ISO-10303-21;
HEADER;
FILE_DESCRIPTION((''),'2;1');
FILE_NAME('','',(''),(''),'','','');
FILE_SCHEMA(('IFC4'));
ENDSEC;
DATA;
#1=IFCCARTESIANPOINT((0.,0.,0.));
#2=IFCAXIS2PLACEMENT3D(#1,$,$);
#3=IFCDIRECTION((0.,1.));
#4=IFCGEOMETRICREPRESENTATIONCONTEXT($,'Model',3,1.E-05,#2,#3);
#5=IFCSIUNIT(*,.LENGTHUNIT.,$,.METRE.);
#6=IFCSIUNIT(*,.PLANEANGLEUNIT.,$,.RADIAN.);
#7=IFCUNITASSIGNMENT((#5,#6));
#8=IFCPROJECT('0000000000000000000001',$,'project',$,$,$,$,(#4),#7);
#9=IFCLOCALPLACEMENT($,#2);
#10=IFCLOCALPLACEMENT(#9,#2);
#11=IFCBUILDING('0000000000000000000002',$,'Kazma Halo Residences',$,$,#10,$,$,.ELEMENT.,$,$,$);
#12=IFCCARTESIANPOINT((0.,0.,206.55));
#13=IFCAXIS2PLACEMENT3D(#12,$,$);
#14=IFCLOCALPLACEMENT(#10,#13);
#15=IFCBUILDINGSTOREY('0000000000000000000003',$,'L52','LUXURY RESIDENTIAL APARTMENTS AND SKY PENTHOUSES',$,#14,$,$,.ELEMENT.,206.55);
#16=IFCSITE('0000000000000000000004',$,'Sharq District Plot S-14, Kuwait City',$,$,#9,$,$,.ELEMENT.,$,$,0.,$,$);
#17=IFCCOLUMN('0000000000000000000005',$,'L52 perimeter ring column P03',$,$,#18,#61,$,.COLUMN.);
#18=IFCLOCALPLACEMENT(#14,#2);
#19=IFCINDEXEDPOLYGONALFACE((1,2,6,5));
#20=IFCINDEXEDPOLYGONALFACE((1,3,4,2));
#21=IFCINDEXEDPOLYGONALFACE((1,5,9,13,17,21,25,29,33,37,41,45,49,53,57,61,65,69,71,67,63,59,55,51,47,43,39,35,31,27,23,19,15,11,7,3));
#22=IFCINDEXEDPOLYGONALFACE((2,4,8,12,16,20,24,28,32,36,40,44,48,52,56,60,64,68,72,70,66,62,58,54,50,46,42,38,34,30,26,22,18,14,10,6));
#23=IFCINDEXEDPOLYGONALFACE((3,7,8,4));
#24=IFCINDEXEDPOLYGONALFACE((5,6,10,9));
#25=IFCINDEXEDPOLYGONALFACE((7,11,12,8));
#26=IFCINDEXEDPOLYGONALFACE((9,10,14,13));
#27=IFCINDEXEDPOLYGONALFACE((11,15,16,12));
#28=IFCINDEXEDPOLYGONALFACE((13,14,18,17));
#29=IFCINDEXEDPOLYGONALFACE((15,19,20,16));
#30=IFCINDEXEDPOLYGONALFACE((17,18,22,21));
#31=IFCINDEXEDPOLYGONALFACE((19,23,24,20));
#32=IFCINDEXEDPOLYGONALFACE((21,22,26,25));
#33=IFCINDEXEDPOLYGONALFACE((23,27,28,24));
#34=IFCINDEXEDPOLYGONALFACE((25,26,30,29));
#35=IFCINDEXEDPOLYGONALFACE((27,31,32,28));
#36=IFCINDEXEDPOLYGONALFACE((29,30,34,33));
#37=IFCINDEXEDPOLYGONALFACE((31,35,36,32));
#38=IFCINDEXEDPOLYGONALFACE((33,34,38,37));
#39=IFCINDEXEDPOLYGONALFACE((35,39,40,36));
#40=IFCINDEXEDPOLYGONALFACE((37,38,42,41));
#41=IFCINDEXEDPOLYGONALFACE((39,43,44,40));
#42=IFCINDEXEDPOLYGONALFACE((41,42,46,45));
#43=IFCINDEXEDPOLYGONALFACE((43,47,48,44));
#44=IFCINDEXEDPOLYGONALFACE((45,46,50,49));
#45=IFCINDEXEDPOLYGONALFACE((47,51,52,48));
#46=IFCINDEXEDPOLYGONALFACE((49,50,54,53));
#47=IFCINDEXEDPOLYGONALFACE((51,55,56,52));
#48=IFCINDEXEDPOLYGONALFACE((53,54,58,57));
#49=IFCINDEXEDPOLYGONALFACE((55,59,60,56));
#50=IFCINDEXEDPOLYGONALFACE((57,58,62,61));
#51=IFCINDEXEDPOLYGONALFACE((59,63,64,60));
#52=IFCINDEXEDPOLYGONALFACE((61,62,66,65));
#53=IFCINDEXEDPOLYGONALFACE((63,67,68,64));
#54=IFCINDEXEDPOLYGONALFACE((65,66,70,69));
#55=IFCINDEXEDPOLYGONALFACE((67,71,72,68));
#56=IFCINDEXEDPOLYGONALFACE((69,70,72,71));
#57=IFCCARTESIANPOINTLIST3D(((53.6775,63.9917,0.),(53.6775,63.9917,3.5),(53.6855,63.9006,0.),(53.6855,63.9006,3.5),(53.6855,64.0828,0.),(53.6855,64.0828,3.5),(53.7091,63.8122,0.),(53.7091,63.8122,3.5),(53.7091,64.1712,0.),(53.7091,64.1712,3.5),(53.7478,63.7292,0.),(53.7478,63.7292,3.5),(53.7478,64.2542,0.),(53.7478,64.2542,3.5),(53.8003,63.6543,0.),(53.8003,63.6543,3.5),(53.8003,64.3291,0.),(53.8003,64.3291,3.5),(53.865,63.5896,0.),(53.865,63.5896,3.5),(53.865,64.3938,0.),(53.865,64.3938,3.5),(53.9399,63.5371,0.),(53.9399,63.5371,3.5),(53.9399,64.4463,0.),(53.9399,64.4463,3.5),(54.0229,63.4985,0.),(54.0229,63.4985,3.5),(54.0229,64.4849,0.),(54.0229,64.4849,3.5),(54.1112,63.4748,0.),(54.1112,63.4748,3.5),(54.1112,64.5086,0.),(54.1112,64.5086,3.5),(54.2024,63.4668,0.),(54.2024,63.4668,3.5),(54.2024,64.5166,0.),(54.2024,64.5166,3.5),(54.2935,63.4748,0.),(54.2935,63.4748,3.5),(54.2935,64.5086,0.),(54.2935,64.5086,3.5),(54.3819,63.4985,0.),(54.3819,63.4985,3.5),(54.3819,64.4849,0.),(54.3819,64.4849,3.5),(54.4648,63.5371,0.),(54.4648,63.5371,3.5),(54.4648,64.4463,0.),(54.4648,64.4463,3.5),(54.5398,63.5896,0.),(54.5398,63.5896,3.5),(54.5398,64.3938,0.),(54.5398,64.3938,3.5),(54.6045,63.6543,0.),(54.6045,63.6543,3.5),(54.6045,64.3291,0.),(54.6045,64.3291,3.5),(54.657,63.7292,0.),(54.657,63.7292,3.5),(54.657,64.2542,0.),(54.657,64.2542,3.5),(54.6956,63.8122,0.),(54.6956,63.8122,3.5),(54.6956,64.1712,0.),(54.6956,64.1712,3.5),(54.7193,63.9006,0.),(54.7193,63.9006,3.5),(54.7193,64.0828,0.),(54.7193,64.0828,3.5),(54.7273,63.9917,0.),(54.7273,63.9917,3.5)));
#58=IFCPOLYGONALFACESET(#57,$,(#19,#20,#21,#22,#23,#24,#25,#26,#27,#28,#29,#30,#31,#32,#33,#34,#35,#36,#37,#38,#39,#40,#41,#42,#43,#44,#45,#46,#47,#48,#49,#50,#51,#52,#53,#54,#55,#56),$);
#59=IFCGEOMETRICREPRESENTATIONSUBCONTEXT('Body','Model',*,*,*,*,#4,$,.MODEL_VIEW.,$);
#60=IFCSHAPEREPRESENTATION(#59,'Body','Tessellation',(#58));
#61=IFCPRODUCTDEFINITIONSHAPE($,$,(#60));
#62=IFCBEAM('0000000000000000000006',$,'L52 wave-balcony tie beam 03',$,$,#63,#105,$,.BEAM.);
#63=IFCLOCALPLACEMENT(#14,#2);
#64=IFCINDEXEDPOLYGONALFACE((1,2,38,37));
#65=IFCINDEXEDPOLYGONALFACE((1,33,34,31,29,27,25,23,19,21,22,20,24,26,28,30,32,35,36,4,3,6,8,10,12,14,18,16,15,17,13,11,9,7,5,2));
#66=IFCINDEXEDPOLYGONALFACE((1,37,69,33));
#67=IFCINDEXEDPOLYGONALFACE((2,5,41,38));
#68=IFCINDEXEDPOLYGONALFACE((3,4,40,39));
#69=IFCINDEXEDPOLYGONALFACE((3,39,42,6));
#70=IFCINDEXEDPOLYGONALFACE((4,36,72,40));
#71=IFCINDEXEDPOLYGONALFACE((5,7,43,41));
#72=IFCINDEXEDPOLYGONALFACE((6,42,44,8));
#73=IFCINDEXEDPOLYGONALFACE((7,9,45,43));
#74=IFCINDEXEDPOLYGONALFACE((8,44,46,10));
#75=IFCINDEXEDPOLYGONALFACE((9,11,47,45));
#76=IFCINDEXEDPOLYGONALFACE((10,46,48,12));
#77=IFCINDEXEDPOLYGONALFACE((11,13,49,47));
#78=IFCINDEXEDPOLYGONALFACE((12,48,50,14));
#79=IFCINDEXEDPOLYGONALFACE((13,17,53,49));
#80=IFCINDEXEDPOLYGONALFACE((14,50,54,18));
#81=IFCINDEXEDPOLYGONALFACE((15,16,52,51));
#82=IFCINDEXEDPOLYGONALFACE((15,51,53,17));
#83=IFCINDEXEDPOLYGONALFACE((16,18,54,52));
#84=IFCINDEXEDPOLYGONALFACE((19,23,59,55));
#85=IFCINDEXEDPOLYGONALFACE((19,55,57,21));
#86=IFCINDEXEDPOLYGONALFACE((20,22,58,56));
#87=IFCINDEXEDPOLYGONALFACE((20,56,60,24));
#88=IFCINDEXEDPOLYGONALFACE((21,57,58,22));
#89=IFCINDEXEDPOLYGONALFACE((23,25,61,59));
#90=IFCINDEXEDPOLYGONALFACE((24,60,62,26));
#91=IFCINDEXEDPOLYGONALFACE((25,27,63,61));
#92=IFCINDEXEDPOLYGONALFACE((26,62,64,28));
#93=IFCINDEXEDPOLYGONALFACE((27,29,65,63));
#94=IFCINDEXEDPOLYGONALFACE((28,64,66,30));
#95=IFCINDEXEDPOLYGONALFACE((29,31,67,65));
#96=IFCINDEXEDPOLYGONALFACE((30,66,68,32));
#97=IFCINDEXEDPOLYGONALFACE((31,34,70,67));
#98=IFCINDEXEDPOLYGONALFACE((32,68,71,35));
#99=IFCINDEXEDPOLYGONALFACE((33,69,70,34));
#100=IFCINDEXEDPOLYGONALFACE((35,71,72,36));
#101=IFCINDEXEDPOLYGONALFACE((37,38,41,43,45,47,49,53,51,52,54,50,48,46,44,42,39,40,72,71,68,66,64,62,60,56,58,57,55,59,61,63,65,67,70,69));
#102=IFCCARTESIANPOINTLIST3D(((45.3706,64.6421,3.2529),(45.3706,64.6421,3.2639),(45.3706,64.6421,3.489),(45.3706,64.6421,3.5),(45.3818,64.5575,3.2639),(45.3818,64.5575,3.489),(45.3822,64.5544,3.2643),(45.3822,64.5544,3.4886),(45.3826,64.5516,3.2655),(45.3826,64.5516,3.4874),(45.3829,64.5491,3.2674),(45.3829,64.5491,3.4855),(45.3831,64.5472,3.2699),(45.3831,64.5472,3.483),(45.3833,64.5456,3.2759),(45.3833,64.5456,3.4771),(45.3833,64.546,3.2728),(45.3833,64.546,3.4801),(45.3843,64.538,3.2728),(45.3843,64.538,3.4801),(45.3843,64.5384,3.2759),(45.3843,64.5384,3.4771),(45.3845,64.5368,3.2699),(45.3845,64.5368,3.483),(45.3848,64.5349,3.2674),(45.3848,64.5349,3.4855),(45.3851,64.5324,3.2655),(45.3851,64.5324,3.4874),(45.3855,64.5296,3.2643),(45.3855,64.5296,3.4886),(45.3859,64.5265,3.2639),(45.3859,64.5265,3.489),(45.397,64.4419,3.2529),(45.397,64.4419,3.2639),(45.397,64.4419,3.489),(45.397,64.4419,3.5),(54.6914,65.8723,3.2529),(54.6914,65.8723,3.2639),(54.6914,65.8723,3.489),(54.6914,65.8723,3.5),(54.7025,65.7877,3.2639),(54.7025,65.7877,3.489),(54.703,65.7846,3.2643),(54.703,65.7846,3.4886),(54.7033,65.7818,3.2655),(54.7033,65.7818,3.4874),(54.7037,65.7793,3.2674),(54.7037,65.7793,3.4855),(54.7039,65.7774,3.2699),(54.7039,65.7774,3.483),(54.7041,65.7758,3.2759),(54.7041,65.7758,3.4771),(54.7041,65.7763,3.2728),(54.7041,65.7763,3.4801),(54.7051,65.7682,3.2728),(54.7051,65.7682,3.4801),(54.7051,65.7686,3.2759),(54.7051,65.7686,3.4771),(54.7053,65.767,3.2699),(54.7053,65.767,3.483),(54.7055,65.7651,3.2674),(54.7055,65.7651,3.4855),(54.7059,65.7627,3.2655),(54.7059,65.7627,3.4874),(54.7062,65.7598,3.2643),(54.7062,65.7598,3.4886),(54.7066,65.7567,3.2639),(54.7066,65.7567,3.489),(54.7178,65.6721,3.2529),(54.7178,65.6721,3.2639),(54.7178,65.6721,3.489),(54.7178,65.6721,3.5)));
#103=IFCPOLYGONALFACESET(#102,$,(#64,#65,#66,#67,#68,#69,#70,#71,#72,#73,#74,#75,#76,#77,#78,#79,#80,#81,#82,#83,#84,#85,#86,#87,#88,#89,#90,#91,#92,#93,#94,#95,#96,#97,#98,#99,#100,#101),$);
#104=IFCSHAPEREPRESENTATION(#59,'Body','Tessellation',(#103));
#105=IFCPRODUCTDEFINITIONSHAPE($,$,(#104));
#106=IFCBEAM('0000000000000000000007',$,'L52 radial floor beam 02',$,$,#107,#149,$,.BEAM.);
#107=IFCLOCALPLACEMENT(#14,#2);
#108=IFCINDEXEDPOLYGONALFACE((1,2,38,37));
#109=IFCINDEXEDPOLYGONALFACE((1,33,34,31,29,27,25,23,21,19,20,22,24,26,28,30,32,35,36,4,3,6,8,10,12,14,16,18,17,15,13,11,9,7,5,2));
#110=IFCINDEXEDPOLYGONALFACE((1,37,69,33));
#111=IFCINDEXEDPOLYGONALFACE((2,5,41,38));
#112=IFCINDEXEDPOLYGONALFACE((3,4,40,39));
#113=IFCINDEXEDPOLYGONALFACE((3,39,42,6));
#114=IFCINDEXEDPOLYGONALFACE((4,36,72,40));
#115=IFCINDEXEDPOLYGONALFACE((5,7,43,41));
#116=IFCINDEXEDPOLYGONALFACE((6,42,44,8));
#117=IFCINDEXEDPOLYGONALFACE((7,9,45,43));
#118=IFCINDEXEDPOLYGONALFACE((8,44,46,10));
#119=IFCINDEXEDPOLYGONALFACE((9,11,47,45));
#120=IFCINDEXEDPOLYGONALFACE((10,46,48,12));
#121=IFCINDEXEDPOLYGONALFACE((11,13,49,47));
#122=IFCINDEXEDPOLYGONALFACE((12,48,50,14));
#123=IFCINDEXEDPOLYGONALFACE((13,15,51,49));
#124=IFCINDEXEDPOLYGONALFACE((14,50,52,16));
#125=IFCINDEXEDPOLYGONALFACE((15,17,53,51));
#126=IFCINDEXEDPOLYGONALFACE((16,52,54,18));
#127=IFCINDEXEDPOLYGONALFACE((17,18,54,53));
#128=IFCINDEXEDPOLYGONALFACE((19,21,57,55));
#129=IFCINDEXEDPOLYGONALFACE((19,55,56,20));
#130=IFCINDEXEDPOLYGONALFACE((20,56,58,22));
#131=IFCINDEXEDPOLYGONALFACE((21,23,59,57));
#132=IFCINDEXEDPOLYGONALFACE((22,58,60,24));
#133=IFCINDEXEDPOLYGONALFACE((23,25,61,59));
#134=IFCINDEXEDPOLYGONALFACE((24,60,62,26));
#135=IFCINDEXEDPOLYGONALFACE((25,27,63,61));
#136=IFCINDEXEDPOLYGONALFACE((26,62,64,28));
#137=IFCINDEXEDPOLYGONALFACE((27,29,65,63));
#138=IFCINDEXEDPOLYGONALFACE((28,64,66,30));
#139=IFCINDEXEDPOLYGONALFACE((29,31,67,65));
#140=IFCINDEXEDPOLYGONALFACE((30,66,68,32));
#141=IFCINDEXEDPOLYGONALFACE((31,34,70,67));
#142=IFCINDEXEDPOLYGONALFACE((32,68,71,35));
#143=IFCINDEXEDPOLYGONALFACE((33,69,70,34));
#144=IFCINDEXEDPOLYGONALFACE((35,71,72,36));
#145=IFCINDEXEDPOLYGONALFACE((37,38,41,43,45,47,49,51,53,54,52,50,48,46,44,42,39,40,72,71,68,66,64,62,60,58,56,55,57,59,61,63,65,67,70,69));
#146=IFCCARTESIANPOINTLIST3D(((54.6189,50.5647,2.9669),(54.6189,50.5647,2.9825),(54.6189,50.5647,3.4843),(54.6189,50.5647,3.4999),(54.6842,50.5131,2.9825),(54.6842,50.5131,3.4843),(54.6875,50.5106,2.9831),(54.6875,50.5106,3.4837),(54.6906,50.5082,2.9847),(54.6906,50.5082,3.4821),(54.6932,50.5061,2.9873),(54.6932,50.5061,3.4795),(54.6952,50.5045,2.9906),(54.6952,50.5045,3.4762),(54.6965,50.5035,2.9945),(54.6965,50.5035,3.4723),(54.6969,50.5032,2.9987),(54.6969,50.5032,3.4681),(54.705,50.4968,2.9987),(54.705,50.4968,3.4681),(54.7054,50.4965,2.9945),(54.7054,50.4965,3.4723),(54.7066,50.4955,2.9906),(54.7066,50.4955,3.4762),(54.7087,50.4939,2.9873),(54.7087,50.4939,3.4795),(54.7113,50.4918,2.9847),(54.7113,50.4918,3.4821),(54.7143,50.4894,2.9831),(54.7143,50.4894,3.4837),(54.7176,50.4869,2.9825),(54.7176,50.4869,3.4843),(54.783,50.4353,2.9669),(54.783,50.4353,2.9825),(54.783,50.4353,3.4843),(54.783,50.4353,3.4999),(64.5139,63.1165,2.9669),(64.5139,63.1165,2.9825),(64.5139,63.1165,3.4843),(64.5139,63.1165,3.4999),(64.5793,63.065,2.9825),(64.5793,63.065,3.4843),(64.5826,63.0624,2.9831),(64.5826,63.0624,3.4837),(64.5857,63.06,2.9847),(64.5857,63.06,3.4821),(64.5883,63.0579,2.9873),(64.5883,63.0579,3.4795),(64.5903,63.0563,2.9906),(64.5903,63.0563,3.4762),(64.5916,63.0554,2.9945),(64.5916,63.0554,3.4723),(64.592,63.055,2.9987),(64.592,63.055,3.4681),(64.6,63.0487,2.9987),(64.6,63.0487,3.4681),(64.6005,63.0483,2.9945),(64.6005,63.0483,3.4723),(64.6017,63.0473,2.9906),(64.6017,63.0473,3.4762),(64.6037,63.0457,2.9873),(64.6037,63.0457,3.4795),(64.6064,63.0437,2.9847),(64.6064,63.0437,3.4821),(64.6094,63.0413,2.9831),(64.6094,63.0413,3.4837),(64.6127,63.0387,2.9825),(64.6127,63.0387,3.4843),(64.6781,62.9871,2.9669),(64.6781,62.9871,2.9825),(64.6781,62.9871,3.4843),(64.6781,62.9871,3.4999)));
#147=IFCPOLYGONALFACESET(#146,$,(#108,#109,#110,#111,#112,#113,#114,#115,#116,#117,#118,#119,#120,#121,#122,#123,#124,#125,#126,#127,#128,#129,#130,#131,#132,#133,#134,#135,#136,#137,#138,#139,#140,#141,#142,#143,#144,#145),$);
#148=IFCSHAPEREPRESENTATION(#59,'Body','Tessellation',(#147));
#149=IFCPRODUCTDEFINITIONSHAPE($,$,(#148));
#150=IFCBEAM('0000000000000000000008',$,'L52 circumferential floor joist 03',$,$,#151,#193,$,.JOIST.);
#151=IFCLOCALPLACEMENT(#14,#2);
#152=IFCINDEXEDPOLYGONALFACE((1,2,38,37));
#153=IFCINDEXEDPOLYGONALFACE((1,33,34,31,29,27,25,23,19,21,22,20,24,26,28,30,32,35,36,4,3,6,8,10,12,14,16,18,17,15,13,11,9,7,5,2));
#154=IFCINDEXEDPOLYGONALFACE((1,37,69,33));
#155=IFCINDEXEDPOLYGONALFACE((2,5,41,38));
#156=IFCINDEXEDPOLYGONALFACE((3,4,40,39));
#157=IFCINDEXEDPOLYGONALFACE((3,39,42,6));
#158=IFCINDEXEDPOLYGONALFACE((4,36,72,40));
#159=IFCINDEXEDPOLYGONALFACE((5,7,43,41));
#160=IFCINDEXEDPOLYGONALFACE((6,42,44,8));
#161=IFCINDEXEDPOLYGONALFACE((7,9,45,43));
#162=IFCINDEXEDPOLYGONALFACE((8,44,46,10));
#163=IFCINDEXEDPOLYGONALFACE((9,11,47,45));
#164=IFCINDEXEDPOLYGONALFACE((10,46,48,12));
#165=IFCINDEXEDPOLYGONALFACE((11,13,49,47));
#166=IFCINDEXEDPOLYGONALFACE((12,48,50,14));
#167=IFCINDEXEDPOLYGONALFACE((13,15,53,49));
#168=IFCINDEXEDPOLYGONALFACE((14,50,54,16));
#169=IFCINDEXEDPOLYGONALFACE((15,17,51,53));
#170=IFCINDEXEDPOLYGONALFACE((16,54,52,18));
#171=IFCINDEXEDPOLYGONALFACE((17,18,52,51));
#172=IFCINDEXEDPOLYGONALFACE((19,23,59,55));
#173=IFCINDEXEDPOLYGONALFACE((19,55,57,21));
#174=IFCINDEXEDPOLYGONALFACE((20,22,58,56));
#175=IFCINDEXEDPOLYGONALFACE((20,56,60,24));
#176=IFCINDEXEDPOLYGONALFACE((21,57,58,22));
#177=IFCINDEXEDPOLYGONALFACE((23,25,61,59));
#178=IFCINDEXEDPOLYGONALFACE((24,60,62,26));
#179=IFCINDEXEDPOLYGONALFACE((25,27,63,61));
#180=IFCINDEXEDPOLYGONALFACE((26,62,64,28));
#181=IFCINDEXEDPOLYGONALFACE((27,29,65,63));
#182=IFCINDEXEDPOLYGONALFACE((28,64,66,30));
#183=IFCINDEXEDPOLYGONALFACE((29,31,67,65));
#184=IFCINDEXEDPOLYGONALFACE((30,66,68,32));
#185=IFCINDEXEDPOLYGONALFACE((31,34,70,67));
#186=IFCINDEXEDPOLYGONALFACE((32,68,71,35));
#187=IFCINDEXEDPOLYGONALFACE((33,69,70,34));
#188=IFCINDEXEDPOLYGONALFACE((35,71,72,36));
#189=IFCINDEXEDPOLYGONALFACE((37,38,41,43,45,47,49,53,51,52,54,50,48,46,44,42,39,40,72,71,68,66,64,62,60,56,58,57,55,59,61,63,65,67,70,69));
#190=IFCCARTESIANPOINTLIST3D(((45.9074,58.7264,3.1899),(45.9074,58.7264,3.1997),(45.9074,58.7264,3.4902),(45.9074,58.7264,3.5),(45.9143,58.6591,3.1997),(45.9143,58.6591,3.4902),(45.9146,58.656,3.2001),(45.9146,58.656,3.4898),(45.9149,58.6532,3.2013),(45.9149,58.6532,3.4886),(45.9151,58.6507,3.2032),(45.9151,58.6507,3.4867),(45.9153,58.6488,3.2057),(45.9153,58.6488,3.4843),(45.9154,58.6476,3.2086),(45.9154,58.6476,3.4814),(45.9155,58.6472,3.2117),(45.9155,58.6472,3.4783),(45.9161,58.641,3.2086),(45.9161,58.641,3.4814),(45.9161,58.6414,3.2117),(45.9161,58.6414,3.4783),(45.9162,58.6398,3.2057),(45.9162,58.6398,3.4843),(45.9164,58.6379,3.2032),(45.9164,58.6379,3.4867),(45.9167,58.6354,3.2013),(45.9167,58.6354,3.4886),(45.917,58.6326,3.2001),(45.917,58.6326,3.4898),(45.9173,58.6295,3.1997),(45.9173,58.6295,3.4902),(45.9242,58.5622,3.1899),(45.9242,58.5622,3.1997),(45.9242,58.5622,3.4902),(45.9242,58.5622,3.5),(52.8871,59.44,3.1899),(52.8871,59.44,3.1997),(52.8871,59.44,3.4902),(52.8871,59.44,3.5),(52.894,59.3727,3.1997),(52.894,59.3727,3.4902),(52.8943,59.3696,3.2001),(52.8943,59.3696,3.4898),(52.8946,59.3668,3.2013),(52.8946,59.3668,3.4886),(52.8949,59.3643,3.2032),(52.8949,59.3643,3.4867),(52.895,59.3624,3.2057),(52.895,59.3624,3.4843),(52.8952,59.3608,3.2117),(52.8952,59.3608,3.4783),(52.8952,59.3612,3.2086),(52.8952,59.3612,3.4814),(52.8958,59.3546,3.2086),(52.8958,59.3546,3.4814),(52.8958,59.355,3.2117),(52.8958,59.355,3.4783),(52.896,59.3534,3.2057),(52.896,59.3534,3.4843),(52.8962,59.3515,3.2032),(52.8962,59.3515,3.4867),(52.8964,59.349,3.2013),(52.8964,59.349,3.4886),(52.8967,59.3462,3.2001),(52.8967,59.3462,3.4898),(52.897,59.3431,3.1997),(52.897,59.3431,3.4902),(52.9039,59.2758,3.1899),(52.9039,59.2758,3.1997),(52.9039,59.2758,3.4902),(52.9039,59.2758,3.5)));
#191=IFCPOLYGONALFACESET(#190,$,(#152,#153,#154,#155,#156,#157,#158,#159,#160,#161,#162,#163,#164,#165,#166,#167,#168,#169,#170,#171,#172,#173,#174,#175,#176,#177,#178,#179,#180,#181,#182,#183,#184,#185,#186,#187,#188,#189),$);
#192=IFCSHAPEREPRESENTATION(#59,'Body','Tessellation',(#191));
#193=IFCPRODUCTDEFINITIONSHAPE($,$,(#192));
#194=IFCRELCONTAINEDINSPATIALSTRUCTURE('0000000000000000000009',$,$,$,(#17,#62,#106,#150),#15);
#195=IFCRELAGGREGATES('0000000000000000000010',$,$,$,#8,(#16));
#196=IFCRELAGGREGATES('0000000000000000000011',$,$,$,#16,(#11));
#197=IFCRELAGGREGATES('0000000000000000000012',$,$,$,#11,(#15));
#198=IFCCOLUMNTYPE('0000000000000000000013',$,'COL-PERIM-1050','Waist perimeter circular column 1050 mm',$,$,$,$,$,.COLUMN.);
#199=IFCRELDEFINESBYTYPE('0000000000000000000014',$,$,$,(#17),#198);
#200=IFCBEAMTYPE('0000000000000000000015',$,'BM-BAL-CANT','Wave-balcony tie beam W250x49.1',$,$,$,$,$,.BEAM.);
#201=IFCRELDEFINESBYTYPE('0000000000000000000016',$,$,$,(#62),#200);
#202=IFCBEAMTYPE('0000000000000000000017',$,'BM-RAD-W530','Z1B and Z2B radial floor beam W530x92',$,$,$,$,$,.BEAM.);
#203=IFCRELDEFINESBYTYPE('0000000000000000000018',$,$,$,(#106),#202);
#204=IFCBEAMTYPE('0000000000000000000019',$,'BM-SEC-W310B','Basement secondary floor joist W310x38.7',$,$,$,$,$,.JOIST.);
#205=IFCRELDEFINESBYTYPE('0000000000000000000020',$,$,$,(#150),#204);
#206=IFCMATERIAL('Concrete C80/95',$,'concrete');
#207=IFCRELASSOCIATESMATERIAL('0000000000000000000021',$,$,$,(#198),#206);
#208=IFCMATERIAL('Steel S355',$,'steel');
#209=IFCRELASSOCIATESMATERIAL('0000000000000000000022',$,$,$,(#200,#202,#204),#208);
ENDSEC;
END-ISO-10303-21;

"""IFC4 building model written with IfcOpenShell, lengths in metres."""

from ifc_helpers import new_model, si_unit, direction, frame, origin, origin_2d, place, context, subcontext, project, spatial, circle, i_section, extrude, material, material_profile, profile_set, type_object, element, save


model = new_model("IFC4")

# Units and contexts
model_context = context("Model", 3, precision=1e-05, world=origin(), true_north=direction((0.0, 1.0)))
body_context = subcontext(model_context, "Body", "Model", "MODEL_VIEW")
ifc_project = project(units=[si_unit("LENGTHUNIT", "METRE"), si_unit("PLANEANGLEUNIT", "RADIAN")], contexts=[model_context])

# Site, building, storey
site_placement = place(None, origin())
site = spatial("IfcSite", under=ifc_project, at=site_placement, Name="Sharq District Plot S-14, Kuwait City", CompositionType="ELEMENT", RefElevation=0.0)
building_placement = place(site_placement, origin())
building = spatial("IfcBuilding", under=site, at=building_placement, Name="Kazma Halo Residences", CompositionType="ELEMENT")
storey_placement = place(building_placement, frame((0.0, 0.0, 206.55)))
storey = spatial("IfcBuildingStorey", under=building, at=storey_placement, Name="L52", Description="LUXURY RESIDENTIAL APARTMENTS AND SKY PENTHOUSES", CompositionType="ELEMENT", Elevation=206.55)

# Column
ifc_material_1 = material(Name="Concrete C80/95", Category="concrete")
ifc_material_profile_1 = material_profile(ifc_material_1, circle(Radius=0.5249, at=origin_2d()), Name="CIRC1050")
ifc_profile_set_1 = profile_set([ifc_material_profile_1], Name="Concrete C80/95")
column_type = type_object("IfcColumnType", Name="COL-PERIM-1050", Description="Waist perimeter circular column 1050 mm", PredefinedType="COLUMN", material=ifc_profile_set_1)
column_placement = place(storey_placement, frame((54.2024, 63.9917, 0.0), z_axis=(0.0, 0.0, 1.0), x_axis=(1.0, 0.0, 0.0)))
element("IfcColumn", 1, at=column_placement, inside=storey, type_object=column_type, Name="L52 perimeter ring column P03", PredefinedType="COLUMN", context=body_context, shape_type="SweptSolid", body=[
    extrude(circle(Radius=0.5249, at=origin_2d()), origin(), (0.0, 0.0, 1.0), 3.5),
])

# Beams
ifc_material_2 = material(Name="Steel S355", Category="steel")
ifc_material_profile_2 = material_profile(ifc_material_2, i_section(OverallWidth=0.2019, OverallDepth=0.2471, WebThickness=0.0073, FlangeThickness=0.011, FilletRadius=0.012, at=origin_2d()), Name="W250x49.1")
ifc_profile_set_2 = profile_set([ifc_material_profile_2], Name="Steel S355")
beam_type_1 = type_object("IfcBeamType", Name="BM-BAL-CANT", Description="Wave-balcony tie beam W250x49.1", PredefinedType="BEAM", material=ifc_profile_set_2)
beam_1_placement = place(storey_placement, frame((54.7046, 65.7722, 3.3765), z_axis=(-0.991402, -0.130852, 0.0), x_axis=(0.130852, -0.991402, 0.0)))
element("IfcBeam", 2, at=beam_1_placement, inside=storey, type_object=beam_type_1, Name="L52 wave-balcony tie beam 03", PredefinedType="BEAM", context=body_context, shape_type="SweptSolid", body=[
    extrude(i_section(OverallWidth=0.2019, OverallDepth=0.2471, WebThickness=0.0073, FlangeThickness=0.011, FilletRadius=0.012, at=origin_2d()), origin(), (0.0, 0.0, 1.0), 9.4016),
])
ifc_material_profile_3 = material_profile(ifc_material_2, i_section(OverallWidth=0.209, OverallDepth=0.533, WebThickness=0.0103, FlangeThickness=0.0156, FilletRadius=0.0161, at=origin_2d()), Name="W530x92")
ifc_profile_set_3 = profile_set([ifc_material_profile_3], Name="Steel S355")
beam_type_2 = type_object("IfcBeamType", Name="BM-RAD-W530", Description="Z1B and Z2B radial floor beam W530x92", PredefinedType="BEAM", material=ifc_profile_set_3)
beam_2_placement = place(storey_placement, frame((54.7009, 50.5, 3.2334), z_axis=(0.619094, 0.785317, 0.0), x_axis=(-0.785317, 0.619094, 0.0)))
element("IfcBeam", 3, at=beam_2_placement, inside=storey, type_object=beam_type_2, Name="L52 radial floor beam 02", PredefinedType="BEAM", context=body_context, shape_type="SweptSolid", body=[
    extrude(i_section(OverallWidth=0.209, OverallDepth=0.533, WebThickness=0.0103, FlangeThickness=0.0156, FilletRadius=0.0161, at=origin_2d()), origin(), (0.0, 0.0, 1.0), 15.9832),
])
ifc_material_profile_4 = material_profile(ifc_material_2, i_section(OverallWidth=0.165, OverallDepth=0.3101, WebThickness=0.0059, FlangeThickness=0.0098, FilletRadius=0.012, at=origin_2d()), Name="W310x38.7")
ifc_profile_set_4 = profile_set([ifc_material_profile_4], Name="Steel S355")
beam_type_3 = type_object("IfcBeamType", Name="BM-SEC-W310B", Description="Basement secondary floor joist W310x38.7", PredefinedType="JOIST", material=ifc_profile_set_4)
beam_3_placement = place(storey_placement, frame((52.8955, 59.3579, 3.345), z_axis=(-0.994814, -0.101712, 0.0), x_axis=(0.101712, -0.994814, 0.0)))
element("IfcBeam", 4, at=beam_3_placement, inside=storey, type_object=beam_type_3, Name="L52 circumferential floor joist 03", PredefinedType="JOIST", context=body_context, shape_type="SweptSolid", body=[
    extrude(i_section(OverallWidth=0.165, OverallDepth=0.3101, WebThickness=0.0059, FlangeThickness=0.0098, FilletRadius=0.012, at=origin_2d()), origin(), (0.0, 0.0, 1.0), 7.0161),
])

save(model, "model.ifc")
